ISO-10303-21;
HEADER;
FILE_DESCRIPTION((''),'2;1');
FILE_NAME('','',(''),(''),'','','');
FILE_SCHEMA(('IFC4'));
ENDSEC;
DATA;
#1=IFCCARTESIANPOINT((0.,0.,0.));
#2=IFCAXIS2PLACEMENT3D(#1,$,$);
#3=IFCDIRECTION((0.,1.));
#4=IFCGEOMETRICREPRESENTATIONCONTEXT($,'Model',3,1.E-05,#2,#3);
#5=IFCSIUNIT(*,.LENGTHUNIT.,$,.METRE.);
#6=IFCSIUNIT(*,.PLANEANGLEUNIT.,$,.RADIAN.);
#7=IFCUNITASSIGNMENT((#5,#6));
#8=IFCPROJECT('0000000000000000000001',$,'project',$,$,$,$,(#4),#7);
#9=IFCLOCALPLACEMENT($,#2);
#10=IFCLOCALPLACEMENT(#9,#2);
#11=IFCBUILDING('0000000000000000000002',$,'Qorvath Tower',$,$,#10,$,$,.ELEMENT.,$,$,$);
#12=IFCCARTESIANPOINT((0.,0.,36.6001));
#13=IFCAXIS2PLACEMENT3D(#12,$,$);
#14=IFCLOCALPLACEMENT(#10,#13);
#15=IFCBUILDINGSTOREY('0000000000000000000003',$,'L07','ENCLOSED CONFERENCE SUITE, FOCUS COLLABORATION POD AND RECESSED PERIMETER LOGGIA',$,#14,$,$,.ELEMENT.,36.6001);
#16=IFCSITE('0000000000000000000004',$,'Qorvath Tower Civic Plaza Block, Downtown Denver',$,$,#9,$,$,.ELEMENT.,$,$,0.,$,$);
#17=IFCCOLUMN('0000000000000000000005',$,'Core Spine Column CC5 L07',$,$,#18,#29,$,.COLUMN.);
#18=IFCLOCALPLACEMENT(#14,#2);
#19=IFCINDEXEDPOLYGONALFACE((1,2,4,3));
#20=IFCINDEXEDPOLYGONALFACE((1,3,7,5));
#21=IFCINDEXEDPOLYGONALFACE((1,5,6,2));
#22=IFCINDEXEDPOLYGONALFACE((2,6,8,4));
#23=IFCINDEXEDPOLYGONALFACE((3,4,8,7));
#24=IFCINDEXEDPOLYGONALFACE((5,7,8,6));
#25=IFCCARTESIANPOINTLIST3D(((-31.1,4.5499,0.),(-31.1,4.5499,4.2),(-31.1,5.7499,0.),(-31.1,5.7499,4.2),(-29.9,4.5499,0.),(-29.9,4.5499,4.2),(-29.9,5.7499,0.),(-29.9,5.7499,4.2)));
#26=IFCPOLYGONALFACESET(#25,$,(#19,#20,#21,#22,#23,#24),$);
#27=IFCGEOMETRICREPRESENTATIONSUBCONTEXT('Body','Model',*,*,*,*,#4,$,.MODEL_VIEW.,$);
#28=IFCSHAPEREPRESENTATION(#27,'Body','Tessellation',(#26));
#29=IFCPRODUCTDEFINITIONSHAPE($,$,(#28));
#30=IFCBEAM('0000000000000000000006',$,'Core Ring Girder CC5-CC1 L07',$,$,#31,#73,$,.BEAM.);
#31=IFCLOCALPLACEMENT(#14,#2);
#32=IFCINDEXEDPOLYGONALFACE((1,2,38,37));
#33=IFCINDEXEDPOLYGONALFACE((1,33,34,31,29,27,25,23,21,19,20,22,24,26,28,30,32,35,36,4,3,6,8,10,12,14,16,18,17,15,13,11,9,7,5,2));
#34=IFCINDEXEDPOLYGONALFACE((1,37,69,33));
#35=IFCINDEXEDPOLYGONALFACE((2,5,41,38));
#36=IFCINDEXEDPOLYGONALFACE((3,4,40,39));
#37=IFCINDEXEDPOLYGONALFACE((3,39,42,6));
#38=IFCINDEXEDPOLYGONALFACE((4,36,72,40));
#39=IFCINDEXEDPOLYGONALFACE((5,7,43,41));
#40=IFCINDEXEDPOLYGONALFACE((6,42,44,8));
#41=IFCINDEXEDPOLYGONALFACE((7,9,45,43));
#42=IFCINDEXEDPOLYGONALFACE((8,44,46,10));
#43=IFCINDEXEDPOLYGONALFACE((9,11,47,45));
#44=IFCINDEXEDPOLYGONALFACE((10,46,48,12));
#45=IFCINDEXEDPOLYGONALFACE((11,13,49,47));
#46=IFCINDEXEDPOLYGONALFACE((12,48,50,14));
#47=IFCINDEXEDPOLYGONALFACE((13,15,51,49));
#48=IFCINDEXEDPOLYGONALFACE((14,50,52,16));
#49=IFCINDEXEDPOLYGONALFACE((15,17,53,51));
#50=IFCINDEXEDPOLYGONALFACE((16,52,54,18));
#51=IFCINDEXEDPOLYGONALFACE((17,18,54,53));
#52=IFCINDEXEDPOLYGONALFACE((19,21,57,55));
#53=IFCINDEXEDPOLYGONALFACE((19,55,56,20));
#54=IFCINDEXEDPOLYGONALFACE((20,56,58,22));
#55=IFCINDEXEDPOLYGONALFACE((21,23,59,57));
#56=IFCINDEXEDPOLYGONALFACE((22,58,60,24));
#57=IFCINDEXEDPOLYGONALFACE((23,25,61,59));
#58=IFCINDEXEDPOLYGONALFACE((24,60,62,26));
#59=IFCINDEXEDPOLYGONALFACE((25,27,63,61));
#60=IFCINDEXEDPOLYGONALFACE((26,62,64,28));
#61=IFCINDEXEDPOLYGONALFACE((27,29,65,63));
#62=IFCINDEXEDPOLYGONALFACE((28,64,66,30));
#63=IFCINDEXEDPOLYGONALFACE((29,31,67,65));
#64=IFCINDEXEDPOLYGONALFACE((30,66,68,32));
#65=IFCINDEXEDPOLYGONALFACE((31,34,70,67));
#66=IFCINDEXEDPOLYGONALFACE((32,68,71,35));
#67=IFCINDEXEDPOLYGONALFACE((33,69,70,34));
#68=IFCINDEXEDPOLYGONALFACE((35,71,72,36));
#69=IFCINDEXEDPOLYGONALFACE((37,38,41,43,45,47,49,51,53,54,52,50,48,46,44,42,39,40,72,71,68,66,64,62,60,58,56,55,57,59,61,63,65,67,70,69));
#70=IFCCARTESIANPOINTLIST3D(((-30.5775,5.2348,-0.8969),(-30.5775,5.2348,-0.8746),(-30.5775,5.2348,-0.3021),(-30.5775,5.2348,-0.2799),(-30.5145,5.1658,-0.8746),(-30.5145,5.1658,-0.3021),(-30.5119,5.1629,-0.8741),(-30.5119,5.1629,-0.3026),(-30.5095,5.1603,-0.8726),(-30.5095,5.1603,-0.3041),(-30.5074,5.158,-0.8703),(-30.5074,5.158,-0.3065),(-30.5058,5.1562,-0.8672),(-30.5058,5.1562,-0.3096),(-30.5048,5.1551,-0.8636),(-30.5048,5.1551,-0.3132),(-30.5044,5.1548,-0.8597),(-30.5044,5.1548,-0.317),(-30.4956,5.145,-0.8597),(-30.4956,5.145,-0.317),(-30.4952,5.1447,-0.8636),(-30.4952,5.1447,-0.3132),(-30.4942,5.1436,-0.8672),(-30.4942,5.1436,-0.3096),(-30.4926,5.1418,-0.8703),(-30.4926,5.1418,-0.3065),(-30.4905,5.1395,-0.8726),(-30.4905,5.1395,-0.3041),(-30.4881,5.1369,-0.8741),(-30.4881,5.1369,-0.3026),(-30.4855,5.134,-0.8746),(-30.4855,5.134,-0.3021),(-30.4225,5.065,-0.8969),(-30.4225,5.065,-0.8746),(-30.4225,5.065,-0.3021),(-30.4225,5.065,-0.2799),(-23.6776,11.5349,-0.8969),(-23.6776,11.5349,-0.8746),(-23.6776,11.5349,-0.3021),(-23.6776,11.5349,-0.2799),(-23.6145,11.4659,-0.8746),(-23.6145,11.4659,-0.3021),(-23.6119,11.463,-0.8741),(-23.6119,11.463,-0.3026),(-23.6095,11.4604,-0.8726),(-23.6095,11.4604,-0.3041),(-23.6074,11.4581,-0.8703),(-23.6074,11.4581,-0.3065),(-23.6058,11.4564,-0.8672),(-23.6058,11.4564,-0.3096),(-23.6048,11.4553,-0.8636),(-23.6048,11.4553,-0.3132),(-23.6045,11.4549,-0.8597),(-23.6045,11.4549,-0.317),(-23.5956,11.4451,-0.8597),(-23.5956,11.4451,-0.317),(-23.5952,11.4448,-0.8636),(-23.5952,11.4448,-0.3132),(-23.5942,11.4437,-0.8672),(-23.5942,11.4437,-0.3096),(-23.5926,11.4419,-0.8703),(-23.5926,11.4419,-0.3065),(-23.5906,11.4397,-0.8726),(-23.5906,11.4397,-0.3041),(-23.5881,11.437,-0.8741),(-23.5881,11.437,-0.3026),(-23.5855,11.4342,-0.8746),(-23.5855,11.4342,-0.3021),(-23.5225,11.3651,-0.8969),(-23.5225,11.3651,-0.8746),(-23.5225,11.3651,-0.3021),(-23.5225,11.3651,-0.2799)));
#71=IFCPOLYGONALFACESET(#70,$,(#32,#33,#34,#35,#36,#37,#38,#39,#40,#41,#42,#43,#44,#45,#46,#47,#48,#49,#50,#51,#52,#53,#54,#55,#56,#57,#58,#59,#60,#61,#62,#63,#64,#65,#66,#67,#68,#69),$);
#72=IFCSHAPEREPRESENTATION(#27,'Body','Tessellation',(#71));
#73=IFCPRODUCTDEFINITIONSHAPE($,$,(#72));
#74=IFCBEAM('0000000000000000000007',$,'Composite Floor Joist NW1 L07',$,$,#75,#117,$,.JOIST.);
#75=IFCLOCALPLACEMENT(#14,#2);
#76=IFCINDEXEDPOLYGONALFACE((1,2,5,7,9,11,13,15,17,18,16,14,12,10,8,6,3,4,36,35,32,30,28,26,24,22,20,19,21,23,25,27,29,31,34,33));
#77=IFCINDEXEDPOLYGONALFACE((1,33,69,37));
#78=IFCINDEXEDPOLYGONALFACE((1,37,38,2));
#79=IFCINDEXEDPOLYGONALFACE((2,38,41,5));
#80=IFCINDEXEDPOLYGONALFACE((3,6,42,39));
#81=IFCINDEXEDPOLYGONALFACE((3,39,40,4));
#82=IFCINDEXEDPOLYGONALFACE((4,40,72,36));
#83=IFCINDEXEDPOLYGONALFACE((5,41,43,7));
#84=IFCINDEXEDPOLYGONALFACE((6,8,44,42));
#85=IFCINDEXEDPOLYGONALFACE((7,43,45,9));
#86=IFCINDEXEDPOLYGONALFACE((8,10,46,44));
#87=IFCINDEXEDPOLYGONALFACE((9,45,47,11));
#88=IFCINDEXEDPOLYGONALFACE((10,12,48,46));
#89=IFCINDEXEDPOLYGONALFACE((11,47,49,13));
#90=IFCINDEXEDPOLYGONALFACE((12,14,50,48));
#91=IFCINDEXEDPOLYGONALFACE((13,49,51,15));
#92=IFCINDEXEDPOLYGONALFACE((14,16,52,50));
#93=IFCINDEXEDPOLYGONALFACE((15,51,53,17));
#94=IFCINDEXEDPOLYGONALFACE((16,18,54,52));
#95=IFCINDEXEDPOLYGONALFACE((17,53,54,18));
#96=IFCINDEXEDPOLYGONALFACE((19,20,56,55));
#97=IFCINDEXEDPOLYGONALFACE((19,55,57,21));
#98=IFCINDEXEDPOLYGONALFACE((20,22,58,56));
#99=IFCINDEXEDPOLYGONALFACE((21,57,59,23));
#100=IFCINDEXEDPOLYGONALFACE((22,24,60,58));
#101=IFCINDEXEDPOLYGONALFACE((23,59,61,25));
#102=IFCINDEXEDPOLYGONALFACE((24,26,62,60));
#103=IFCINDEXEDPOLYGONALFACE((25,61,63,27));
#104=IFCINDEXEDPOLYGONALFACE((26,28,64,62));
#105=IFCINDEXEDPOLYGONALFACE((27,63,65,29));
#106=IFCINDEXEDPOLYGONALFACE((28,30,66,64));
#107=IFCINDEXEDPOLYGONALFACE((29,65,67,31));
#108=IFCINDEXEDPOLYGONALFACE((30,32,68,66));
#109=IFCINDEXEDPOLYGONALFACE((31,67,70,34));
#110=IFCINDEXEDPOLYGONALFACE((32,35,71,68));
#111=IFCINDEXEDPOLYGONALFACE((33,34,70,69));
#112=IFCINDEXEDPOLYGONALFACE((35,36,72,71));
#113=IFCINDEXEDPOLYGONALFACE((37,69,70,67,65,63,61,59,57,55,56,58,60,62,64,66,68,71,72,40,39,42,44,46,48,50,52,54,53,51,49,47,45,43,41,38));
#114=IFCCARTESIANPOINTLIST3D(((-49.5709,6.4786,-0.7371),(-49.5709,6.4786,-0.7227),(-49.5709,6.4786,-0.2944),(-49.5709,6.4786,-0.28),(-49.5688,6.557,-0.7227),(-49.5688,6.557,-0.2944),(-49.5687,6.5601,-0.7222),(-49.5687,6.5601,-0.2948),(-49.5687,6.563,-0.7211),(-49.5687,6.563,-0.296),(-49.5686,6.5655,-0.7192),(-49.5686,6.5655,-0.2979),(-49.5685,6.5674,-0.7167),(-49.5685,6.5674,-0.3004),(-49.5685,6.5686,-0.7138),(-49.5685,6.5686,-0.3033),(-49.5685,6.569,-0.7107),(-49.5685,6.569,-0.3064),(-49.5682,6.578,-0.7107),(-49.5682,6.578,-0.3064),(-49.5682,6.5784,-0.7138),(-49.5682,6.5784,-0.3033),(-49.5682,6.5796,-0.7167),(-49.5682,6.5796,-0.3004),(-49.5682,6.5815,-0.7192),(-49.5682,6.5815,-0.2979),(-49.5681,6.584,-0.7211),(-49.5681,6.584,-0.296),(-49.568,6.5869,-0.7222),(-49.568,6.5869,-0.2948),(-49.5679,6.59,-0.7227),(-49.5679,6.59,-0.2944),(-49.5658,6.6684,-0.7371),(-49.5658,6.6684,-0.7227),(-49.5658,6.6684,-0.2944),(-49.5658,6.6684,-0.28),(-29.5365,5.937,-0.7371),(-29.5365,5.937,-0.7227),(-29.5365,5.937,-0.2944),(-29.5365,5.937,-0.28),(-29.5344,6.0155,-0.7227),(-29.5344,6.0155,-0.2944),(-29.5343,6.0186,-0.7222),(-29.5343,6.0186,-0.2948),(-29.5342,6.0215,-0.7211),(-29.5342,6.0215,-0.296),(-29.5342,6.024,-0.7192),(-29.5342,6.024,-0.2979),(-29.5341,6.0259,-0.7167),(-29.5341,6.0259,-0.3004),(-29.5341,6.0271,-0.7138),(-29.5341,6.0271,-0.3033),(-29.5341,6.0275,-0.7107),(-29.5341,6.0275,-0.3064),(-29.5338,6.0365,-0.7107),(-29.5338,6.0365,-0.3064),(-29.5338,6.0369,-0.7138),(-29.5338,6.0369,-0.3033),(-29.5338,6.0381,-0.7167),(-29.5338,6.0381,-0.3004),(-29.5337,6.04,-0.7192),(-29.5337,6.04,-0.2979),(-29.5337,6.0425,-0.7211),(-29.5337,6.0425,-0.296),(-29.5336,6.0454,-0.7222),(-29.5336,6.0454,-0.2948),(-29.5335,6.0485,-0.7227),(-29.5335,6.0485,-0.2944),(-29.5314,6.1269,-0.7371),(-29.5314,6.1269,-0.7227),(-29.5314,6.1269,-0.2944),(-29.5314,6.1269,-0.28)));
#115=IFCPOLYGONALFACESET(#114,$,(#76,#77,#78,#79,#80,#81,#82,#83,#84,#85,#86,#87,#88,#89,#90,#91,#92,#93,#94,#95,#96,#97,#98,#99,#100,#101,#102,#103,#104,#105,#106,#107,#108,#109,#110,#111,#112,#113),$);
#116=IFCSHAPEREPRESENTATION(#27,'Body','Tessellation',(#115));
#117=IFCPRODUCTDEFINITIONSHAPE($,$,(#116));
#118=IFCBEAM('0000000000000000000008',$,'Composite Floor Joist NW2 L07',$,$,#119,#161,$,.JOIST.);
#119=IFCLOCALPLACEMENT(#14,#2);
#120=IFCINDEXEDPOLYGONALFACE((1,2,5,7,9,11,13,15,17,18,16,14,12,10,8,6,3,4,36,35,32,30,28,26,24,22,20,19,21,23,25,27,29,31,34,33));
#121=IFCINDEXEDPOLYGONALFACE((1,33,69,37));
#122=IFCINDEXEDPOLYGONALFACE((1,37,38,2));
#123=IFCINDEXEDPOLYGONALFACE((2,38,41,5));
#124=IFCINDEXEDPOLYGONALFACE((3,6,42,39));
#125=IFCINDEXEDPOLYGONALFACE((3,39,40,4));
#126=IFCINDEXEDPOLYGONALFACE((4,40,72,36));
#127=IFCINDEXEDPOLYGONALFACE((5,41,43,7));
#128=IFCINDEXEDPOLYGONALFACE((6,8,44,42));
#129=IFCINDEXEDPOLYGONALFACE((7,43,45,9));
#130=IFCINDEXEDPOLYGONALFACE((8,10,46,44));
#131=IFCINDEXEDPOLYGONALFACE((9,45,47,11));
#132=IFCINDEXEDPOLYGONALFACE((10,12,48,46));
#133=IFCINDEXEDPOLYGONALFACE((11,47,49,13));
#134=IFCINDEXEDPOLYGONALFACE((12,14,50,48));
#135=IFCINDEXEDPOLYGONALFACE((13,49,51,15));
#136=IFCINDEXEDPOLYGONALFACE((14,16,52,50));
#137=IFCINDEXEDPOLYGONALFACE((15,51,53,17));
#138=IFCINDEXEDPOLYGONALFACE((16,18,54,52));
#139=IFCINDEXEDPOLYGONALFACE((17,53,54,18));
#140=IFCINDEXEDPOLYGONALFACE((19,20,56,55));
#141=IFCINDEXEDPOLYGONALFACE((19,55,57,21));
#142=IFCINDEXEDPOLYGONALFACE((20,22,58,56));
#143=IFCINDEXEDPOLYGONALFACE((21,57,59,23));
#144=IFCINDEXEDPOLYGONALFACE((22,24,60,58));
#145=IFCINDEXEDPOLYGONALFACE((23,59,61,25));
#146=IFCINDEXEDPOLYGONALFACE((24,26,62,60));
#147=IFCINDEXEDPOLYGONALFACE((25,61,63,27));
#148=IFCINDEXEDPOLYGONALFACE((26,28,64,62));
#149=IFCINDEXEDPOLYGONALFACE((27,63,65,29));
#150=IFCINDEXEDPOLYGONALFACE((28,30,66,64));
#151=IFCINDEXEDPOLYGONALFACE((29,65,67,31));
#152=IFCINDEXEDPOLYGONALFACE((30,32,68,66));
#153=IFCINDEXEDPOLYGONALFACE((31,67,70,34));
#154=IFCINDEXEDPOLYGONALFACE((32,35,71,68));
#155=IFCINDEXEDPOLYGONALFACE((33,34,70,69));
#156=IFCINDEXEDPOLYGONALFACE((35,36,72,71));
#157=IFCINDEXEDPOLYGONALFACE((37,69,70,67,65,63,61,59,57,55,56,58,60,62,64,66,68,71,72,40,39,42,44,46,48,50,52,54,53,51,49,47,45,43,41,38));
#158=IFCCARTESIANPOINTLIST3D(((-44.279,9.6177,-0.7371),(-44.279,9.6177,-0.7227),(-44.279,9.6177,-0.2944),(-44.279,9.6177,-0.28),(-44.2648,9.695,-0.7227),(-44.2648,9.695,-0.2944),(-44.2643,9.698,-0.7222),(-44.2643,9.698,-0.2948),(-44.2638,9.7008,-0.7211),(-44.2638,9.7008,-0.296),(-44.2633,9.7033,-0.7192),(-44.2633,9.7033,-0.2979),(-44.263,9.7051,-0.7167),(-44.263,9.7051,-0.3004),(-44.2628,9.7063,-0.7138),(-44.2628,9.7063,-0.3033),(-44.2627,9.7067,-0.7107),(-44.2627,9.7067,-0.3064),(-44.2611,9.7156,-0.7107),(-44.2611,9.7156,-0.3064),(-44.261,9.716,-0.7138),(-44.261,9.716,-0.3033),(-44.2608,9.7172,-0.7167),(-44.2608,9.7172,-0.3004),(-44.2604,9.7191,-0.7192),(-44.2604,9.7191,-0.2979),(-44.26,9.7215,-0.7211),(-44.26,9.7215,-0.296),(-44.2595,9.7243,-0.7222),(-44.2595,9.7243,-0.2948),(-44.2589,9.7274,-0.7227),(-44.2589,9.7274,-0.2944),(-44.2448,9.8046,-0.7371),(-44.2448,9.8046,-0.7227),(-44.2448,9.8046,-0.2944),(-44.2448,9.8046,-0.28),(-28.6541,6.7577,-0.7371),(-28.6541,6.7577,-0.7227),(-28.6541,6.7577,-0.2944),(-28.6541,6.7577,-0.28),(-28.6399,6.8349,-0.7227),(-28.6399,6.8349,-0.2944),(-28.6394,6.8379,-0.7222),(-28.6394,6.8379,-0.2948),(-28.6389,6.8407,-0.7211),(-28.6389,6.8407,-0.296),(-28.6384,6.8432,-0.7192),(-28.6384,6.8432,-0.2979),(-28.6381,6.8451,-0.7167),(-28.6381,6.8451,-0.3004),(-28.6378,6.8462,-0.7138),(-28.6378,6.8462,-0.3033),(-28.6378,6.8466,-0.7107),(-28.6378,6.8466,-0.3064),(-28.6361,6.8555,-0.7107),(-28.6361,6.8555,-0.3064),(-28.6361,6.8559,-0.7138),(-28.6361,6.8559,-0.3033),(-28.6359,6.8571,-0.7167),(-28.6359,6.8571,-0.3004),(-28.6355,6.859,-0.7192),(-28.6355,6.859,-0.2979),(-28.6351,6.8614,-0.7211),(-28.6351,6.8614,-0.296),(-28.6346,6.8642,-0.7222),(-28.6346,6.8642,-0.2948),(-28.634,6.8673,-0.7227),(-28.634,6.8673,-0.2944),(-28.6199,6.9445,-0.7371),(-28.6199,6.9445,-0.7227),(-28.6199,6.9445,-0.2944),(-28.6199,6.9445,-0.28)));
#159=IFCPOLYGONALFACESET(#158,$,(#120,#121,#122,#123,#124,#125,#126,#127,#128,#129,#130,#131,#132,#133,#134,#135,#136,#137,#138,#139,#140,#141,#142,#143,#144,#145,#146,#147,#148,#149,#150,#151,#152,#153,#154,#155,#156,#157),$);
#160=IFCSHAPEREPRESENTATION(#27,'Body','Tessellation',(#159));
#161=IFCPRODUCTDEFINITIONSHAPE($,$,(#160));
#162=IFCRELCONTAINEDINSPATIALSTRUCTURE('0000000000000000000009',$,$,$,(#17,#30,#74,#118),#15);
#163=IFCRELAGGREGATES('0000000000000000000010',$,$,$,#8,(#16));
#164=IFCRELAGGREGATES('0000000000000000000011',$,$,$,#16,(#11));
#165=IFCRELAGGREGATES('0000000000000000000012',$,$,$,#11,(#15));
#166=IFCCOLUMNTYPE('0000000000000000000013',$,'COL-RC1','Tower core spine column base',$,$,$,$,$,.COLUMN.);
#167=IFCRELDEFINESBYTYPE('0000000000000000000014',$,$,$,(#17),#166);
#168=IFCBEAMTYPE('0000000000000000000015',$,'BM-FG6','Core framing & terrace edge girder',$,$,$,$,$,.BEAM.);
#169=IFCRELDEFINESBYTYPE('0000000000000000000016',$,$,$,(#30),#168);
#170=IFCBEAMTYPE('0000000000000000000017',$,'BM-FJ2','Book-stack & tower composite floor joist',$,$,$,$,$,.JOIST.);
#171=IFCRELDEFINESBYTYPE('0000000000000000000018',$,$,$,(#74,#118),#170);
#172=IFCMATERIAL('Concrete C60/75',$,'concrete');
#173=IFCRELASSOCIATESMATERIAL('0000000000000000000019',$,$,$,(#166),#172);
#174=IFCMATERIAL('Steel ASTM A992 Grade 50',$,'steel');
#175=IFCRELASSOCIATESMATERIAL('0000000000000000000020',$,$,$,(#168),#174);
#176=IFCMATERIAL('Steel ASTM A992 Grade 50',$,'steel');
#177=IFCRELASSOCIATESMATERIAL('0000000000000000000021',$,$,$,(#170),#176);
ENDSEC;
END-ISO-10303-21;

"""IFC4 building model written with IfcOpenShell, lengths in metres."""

from ifc_helpers import new_model, si_unit, direction, frame, origin, origin_2d, place, context, subcontext, project, spatial, rectangle, i_section, extrude, material, material_profile, profile_set, type_object, element, save


model = new_model("IFC4")

# Units and contexts
model_context = context("Model", 3, precision=1e-05, world=origin(), true_north=direction((0.0, 1.0)))
body_context = subcontext(model_context, "Body", "Model", "MODEL_VIEW")
ifc_project = project(units=[si_unit("LENGTHUNIT", "METRE"), si_unit("PLANEANGLEUNIT", "RADIAN")], contexts=[model_context])

# Site, building, storey
site_placement = place(None, origin())
site = spatial("IfcSite", under=ifc_project, at=site_placement, Name="Qorvath Tower Civic Plaza Block, Downtown Denver", CompositionType="ELEMENT", RefElevation=0.0)
building_placement = place(site_placement, origin())
building = spatial("IfcBuilding", under=site, at=building_placement, Name="Qorvath Tower", CompositionType="ELEMENT")
storey_placement = place(building_placement, frame((0.0, 0.0, 36.6001)))
storey = spatial("IfcBuildingStorey", under=building, at=storey_placement, Name="L07", Description="ENCLOSED CONFERENCE SUITE, FOCUS COLLABORATION POD AND RECESSED PERIMETER LOGGIA", CompositionType="ELEMENT", Elevation=36.6001)

# Column
ifc_material_1 = material(Name="Concrete C60/75", Category="concrete")
ifc_material_profile_1 = material_profile(ifc_material_1, rectangle(XDim=1.2, YDim=1.2, at=origin_2d()), Name="RC 1200x1200")
ifc_profile_set_1 = profile_set([ifc_material_profile_1], Name="Concrete C60/75")
column_type = type_object("IfcColumnType", Name="COL-RC1", Description="Tower core spine column base", PredefinedType="COLUMN", material=ifc_profile_set_1)
column_placement = place(storey_placement, frame((-30.5, 5.1499, 0.0), z_axis=(0.0, 0.0, 1.0), x_axis=(1.0, 0.0, 0.0)))
element("IfcColumn", 1, at=column_placement, inside=storey, type_object=column_type, Name="Core Spine Column CC5 L07", PredefinedType="COLUMN", context=body_context, shape_type="SweptSolid", body=[
    extrude(rectangle(XDim=1.2, YDim=1.2, at=origin_2d()), origin(), (0.0, 0.0, 1.0), 4.2),
])

# Beams
ifc_material_2 = material(Name="Steel ASTM A992 Grade 50", Category="steel")
ifc_material_profile_2 = material_profile(ifc_material_2, i_section(OverallWidth=0.23, OverallDepth=0.6169, WebThickness=0.0132, FlangeThickness=0.0222, FilletRadius=0.0149, at=origin_2d()), Name="W24x94")
ifc_profile_set_2 = profile_set([ifc_material_profile_2], Name="Steel ASTM A992 Grade 50")
beam_type_1 = type_object("IfcBeamType", Name="BM-FG6", Description="Core framing & terrace edge girder", PredefinedType="BEAM", material=ifc_profile_set_2)
beam_1_placement = place(storey_placement, frame((-30.5, 5.1499, -0.5884), z_axis=(0.738478, 0.674277, 0.0), x_axis=(-0.674277, 0.738478, 0.0)))
element("IfcBeam", 2, at=beam_1_placement, inside=storey, type_object=beam_type_1, Name="Core Ring Girder CC5-CC1 L07", PredefinedType="BEAM", context=body_context, shape_type="SweptSolid", body=[
    extrude(i_section(OverallWidth=0.23, OverallDepth=0.6169, WebThickness=0.0132, FlangeThickness=0.0222, FilletRadius=0.0149, at=origin_2d()), origin(), (0.0, 0.0, 1.0), 9.3435),
])
ifc_material_3 = material(Name="Steel ASTM A992 Grade 50", Category="steel")
ifc_material_profile_3 = material_profile(ifc_material_3, i_section(OverallWidth=0.1899, OverallDepth=0.457, WebThickness=0.009, FlangeThickness=0.0144, FilletRadius=0.012, at=origin_2d()), Name="W18x50")
ifc_profile_set_3 = profile_set([ifc_material_profile_3], Name="Steel ASTM A992 Grade 50")
beam_type_2 = type_object("IfcBeamType", Name="BM-FJ2", Description="Book-stack & tower composite floor joist", PredefinedType="JOIST", material=ifc_profile_set_3)
beam_2_placement = place(storey_placement, frame((-29.5339, 6.032, -0.5085), z_axis=(-0.999635, 0.027019, 0.0), x_axis=(-0.027019, -0.999635, 0.0)))
element("IfcBeam", 3, at=beam_2_placement, inside=storey, type_object=beam_type_2, Name="Composite Floor Joist NW1 L07", PredefinedType="JOIST", context=body_context, shape_type="SweptSolid", body=[
    extrude(i_section(OverallWidth=0.1899, OverallDepth=0.457, WebThickness=0.009, FlangeThickness=0.0144, FilletRadius=0.012, at=origin_2d()), origin(), (0.0, 0.0, 1.0), 20.0417),
])
beam_3_placement = place(storey_placement, frame((-28.637, 6.8511, -0.5085), z_axis=(-0.983656, 0.180055, 0.0), x_axis=(-0.180055, -0.983656, 0.0)))
element("IfcBeam", 4, at=beam_3_placement, inside=storey, type_object=beam_type_2, Name="Composite Floor Joist NW2 L07", PredefinedType="JOIST", context=body_context, shape_type="SweptSolid", body=[
    extrude(i_section(OverallWidth=0.1899, OverallDepth=0.457, WebThickness=0.009, FlangeThickness=0.0144, FilletRadius=0.012, at=origin_2d()), origin(), (0.0, 0.0, 1.0), 15.8845),
])

save(model, "model.ifc")
